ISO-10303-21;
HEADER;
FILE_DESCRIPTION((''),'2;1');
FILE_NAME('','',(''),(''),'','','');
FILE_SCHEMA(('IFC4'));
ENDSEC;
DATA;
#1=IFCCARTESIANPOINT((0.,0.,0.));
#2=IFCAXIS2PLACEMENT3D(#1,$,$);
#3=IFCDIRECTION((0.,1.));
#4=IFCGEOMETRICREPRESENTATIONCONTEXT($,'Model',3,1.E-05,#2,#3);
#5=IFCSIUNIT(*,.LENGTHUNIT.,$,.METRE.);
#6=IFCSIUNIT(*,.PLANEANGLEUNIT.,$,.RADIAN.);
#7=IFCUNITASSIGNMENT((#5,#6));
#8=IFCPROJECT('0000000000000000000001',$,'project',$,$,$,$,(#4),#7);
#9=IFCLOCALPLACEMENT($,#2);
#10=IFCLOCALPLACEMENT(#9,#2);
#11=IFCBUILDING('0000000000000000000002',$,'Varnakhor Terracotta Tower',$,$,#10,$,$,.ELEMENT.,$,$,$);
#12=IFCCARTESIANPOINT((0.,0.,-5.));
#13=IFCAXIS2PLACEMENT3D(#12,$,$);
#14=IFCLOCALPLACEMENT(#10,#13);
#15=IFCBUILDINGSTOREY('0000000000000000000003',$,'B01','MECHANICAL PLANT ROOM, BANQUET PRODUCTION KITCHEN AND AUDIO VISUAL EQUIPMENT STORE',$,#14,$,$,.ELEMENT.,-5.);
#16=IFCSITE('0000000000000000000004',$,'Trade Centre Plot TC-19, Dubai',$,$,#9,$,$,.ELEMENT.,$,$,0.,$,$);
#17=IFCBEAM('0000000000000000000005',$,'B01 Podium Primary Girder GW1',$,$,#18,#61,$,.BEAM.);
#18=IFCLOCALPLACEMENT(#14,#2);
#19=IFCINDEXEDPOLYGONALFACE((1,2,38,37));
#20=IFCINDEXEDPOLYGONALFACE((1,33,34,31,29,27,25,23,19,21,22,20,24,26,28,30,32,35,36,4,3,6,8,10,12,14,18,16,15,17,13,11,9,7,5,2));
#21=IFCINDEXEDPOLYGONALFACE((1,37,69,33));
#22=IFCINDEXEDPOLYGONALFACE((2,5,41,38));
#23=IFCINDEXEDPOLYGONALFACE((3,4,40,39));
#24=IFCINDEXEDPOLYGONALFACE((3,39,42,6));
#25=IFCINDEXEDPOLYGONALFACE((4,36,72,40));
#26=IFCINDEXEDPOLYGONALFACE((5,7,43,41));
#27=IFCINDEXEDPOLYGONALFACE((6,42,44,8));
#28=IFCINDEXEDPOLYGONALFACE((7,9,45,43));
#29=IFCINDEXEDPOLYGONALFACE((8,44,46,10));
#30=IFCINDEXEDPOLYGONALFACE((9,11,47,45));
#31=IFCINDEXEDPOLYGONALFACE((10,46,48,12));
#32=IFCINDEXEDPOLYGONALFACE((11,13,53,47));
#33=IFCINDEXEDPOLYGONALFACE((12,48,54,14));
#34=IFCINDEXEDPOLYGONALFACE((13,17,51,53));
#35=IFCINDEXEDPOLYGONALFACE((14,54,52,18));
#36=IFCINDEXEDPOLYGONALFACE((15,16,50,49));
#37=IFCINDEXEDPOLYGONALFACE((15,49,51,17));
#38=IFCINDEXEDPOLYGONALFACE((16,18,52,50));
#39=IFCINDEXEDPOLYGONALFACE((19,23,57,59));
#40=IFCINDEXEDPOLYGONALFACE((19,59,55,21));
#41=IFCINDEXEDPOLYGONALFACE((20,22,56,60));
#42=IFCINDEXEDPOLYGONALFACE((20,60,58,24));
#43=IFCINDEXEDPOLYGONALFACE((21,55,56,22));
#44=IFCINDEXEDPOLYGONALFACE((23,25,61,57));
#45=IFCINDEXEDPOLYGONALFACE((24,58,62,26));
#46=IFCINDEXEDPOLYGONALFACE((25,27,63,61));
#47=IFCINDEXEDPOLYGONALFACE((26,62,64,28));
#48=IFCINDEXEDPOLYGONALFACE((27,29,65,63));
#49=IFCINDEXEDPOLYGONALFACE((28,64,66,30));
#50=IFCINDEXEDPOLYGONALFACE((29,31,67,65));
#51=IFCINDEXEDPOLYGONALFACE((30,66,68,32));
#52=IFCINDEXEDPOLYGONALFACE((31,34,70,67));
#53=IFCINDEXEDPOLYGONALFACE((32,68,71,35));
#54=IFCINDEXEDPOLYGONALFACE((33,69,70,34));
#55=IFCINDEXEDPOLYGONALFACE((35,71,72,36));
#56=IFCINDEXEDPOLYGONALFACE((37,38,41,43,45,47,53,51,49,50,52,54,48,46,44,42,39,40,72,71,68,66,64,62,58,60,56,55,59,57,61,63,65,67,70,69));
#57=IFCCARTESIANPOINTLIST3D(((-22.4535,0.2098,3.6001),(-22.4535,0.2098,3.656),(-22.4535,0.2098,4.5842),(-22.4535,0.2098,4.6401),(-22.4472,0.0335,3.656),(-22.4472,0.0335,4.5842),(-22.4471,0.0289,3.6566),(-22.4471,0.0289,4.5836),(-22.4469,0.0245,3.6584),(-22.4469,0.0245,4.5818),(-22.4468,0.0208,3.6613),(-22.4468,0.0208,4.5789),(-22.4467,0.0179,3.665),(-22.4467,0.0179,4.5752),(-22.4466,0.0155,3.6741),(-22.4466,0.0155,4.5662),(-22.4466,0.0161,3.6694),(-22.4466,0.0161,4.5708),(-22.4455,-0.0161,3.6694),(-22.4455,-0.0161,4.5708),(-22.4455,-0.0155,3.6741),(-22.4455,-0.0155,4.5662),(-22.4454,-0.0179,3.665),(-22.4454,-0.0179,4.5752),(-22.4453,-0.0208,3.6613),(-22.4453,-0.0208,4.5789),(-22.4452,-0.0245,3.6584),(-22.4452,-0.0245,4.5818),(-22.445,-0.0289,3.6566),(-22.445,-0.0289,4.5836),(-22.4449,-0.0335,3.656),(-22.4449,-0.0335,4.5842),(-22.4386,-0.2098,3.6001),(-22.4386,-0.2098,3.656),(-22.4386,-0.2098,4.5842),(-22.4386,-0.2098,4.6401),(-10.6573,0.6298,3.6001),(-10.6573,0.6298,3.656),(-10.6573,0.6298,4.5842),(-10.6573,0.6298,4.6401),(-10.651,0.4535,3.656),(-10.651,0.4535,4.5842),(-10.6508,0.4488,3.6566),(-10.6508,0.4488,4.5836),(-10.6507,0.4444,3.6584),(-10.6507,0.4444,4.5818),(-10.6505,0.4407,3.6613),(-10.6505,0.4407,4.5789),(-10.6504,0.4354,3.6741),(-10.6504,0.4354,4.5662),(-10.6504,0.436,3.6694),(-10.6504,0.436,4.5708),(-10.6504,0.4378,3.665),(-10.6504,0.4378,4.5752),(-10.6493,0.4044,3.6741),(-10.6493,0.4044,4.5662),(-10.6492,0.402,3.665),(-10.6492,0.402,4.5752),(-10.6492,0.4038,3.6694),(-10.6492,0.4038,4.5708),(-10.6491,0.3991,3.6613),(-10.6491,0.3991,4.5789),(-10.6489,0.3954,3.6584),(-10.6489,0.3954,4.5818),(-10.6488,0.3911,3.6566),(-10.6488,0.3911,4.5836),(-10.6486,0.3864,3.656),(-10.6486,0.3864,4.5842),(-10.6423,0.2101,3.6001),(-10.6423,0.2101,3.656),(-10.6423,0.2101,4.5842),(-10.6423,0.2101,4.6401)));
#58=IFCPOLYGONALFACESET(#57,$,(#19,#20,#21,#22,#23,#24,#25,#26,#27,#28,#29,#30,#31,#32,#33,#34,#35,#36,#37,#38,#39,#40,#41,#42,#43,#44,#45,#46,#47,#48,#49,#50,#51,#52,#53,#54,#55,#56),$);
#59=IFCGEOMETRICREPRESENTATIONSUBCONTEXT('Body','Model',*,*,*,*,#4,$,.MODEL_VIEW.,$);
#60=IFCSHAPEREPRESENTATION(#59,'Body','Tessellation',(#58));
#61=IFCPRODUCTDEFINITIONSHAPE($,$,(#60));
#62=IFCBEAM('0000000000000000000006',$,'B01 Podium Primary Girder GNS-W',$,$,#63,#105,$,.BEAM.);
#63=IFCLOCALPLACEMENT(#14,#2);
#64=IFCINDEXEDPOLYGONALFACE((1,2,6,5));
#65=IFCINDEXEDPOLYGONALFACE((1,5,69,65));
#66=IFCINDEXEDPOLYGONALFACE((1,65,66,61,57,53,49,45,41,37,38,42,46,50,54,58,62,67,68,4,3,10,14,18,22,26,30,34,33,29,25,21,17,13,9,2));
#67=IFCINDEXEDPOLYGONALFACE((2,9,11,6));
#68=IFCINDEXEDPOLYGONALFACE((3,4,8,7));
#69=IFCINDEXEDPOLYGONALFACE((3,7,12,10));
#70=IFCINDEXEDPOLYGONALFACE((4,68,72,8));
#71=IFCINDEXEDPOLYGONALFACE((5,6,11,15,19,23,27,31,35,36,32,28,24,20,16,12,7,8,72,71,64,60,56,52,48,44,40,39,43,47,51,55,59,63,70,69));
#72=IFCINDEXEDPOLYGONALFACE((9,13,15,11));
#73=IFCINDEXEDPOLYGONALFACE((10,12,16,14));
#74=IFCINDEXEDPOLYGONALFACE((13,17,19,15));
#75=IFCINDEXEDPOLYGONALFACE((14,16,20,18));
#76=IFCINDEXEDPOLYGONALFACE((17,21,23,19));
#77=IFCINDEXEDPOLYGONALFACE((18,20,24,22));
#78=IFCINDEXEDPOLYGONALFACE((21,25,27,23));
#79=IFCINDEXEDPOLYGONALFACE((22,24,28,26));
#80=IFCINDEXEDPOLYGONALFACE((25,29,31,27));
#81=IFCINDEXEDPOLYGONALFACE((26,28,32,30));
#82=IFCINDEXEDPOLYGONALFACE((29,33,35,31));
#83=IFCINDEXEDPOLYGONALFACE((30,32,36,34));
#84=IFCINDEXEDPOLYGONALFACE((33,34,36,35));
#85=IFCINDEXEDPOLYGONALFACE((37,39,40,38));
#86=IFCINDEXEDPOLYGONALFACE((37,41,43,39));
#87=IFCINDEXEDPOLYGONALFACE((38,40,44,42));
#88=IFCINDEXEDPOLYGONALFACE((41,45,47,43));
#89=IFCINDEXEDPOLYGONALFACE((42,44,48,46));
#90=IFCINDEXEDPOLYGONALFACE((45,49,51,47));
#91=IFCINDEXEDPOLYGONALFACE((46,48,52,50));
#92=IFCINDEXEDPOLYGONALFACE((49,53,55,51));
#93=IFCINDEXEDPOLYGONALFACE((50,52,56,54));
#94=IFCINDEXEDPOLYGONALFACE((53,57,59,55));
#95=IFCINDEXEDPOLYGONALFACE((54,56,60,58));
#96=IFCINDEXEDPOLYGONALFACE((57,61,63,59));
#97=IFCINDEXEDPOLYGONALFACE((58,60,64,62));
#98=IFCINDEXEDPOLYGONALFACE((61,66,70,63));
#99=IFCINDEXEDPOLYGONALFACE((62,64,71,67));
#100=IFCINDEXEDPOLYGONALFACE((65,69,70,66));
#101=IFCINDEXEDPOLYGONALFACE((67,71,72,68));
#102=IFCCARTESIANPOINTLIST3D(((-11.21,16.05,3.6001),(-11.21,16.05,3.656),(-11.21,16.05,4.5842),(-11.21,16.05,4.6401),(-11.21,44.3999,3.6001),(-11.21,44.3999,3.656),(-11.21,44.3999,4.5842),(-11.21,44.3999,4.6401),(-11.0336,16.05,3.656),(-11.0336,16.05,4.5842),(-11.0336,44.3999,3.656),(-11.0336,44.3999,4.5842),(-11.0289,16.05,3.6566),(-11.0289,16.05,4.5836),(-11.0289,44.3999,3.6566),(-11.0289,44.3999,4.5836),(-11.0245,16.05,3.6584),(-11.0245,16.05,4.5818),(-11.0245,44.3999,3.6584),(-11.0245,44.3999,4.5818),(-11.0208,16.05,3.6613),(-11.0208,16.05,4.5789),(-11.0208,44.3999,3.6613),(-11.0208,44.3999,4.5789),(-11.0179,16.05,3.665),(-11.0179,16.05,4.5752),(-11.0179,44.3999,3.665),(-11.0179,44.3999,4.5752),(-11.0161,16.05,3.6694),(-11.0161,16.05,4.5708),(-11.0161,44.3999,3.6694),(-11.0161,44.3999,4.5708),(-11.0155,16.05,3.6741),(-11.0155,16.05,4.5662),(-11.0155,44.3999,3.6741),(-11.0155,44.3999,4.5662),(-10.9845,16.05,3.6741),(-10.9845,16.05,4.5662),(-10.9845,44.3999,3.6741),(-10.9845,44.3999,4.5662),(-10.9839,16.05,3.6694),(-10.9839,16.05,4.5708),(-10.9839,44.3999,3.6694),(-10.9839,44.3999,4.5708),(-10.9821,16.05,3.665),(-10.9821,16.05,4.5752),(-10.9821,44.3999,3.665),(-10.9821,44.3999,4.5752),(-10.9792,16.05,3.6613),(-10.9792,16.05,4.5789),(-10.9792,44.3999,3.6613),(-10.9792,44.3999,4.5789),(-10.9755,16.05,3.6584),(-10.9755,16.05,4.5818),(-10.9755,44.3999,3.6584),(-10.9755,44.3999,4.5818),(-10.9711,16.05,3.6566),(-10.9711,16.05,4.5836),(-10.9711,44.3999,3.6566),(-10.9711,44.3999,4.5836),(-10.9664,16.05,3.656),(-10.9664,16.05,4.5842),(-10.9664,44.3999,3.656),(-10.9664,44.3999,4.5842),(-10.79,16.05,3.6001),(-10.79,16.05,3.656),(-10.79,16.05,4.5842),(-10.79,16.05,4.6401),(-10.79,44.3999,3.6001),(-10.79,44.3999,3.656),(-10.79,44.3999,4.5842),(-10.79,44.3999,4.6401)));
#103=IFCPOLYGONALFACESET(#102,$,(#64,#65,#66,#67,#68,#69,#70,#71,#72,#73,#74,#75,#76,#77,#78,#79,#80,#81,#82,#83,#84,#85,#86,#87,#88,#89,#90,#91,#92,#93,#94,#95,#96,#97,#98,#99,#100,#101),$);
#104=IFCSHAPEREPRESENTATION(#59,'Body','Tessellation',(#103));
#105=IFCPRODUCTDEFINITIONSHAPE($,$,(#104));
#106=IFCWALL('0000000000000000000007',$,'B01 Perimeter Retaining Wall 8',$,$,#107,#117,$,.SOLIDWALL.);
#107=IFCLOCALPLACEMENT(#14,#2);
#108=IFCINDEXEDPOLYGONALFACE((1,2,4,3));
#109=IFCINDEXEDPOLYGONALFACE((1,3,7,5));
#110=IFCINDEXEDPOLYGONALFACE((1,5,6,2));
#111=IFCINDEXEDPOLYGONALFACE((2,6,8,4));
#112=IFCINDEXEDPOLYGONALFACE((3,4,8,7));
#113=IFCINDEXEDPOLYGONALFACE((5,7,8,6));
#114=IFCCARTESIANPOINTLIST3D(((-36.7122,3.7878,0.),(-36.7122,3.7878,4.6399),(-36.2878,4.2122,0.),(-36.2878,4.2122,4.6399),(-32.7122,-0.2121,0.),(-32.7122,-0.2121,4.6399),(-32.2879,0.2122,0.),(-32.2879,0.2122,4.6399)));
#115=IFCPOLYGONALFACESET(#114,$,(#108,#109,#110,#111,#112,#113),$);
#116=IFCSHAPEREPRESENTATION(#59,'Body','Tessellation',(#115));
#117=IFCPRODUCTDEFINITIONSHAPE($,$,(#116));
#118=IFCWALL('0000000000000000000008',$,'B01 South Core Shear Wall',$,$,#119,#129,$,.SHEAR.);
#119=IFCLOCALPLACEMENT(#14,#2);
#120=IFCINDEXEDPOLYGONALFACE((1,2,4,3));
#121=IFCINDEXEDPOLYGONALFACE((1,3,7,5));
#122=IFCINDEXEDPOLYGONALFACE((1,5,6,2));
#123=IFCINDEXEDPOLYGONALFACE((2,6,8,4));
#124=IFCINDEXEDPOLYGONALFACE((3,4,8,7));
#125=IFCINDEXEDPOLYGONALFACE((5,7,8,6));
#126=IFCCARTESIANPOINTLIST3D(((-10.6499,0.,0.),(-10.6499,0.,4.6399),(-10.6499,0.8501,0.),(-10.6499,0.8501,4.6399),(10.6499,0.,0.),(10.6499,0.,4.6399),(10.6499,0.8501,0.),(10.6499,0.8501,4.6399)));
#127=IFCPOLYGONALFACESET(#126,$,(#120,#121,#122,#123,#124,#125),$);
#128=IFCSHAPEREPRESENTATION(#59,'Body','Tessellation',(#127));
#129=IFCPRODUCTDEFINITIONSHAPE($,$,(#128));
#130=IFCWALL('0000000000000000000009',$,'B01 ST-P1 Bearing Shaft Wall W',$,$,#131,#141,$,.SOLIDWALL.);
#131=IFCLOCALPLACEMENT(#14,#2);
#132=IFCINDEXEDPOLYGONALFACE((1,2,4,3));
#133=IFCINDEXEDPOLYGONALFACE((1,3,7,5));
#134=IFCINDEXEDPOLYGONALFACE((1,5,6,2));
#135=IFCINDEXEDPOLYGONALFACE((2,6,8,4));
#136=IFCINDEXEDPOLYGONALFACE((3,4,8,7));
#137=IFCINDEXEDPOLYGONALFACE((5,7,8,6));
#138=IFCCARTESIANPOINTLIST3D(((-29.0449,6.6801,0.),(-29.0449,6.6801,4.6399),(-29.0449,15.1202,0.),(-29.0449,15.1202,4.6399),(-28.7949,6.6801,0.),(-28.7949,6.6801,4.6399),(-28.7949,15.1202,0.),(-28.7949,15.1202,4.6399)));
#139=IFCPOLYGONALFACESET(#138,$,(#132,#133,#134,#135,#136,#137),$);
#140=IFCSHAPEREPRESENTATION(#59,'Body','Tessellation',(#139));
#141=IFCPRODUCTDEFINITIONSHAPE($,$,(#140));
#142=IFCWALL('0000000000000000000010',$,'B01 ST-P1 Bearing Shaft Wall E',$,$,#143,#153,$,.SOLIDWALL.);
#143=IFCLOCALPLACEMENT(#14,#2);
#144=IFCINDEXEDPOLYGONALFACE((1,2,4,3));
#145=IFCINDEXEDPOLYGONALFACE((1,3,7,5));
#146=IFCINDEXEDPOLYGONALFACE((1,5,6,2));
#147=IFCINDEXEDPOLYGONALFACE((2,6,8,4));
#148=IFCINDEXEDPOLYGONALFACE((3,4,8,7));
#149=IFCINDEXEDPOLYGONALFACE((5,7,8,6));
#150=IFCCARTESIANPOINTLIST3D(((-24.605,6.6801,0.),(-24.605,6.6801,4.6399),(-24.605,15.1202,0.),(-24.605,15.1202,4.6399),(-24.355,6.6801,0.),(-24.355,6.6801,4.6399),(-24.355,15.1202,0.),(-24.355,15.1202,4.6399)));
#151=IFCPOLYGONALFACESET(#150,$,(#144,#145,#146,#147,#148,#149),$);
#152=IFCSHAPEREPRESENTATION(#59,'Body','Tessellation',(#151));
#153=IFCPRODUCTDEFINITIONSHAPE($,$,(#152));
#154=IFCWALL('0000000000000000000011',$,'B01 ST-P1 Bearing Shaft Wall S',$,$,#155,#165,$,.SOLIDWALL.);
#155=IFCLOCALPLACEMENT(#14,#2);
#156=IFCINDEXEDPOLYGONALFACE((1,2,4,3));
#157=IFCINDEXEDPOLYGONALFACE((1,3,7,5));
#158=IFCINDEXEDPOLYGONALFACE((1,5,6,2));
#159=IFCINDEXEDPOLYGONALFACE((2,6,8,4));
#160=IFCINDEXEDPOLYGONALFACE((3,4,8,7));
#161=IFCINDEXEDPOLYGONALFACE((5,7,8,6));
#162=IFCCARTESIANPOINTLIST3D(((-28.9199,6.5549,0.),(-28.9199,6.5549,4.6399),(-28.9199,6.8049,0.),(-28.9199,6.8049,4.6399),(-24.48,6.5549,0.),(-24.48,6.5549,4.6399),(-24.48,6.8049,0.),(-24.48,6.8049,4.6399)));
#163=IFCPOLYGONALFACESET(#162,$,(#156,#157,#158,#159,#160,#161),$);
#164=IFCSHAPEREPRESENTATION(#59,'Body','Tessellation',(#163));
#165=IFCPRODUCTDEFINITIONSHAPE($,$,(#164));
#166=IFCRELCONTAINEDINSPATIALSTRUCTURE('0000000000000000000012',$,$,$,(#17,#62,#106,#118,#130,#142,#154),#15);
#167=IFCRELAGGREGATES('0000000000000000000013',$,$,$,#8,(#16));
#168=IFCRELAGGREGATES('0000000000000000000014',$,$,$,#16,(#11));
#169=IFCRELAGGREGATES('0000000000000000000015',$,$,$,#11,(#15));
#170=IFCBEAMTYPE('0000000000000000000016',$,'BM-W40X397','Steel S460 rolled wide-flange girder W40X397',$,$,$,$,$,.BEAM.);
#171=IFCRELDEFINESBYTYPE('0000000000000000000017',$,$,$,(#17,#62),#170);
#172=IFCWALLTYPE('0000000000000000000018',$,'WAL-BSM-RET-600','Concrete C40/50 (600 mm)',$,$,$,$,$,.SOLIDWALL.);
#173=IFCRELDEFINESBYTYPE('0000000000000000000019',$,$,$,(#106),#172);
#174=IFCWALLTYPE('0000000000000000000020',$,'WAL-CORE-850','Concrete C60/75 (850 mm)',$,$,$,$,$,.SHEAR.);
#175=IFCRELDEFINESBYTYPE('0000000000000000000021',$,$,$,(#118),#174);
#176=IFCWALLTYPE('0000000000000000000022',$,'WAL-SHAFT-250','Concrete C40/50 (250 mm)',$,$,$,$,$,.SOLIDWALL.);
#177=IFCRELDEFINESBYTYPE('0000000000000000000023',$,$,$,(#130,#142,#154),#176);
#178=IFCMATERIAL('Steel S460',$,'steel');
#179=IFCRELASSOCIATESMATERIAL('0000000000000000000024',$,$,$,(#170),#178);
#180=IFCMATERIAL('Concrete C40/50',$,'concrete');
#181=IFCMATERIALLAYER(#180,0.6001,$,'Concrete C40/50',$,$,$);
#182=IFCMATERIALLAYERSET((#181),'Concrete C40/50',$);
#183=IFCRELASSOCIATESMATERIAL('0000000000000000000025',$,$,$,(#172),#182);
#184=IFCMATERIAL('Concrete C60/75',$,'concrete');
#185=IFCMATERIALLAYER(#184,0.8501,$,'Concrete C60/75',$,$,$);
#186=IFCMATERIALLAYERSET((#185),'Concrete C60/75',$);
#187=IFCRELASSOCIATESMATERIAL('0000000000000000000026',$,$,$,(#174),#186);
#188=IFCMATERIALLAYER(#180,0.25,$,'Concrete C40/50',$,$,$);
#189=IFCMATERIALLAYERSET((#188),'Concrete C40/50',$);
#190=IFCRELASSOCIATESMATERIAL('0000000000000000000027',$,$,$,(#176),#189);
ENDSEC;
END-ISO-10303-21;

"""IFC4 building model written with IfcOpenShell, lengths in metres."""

from ifc_helpers import new_model, si_unit, direction, frame, frame_2d, origin, origin_2d, place, context, subcontext, project, spatial, rectangle, i_section, extrude, source, transform, mapped, material, layer, layer_set, material_profile, profile_set, type_object, type_shapes, element, save


model = new_model("IFC4")

# Units and contexts
model_context = context("Model", 3, precision=1e-05, world=origin(), true_north=direction((0.0, 1.0)))
body_context = subcontext(model_context, "Body", "Model", "MODEL_VIEW")
ifc_project = project(units=[si_unit("LENGTHUNIT", "METRE"), si_unit("PLANEANGLEUNIT", "RADIAN")], contexts=[model_context])

# Site, building, storey
site_placement = place(None, origin())
site = spatial("IfcSite", under=ifc_project, at=site_placement, Name="Trade Centre Plot TC-19, Dubai", CompositionType="ELEMENT", RefElevation=0.0)
building_placement = place(site_placement, origin())
building = spatial("IfcBuilding", under=site, at=building_placement, Name="Varnakhor Terracotta Tower", CompositionType="ELEMENT")
storey_placement = place(building_placement, frame((0.0, 0.0, -5.0)))
storey = spatial("IfcBuildingStorey", under=building, at=storey_placement, Name="B01", Description="MECHANICAL PLANT ROOM, BANQUET PRODUCTION KITCHEN AND AUDIO VISUAL EQUIPMENT STORE", CompositionType="ELEMENT", Elevation=-5.0)

# Shared definitions
ifc_material_1 = material(Name="Concrete C60/75", Category="concrete")
ifc_material_2 = material(Name="Steel S460", Category="steel")

# Beams
ifc_material_profile_1 = material_profile(ifc_material_2, i_section(OverallWidth=0.4199, OverallDepth=1.04, WebThickness=0.031, FlangeThickness=0.0559, FilletRadius=0.0181, at=origin_2d()), Name="W40X397")
ifc_profile_set_1 = profile_set([ifc_material_profile_1], Name="Steel S460")
beam_type_1 = type_object("IfcBeamType", Name="BM-W40X397", Description="Steel S460 rolled wide-flange girder W40X397", PredefinedType="BEAM", material=ifc_profile_set_1)
shared_shape_1 = source(origin(), body_context, "Body", "SweptSolid", [
    extrude(i_section(OverallWidth=0.4199, OverallDepth=1.04, WebThickness=0.031, FlangeThickness=0.0559, FilletRadius=0.0181, at=origin_2d()), origin(), (0.0, 0.0, 1.0), 11.8037),
])
type_shapes(beam_type_1, [shared_shape_1])
beam_1_placement = place(storey_placement, frame((-22.446, 0.0, 4.1201), z_axis=(0.999367, 0.035576, 0.0), x_axis=(-0.035576, 0.999367, 0.0)))
element("IfcBeam", 1, at=beam_1_placement, inside=storey, type_object=beam_type_1, Name="B01 Podium Primary Girder GW1", PredefinedType="BEAM", context=body_context, shape_type="MappedRepresentation", body=[
    mapped(shared_shape_1, transform((0.0, 0.0, 0.0), scale=1.0)),
])
shared_shape_2 = source(origin(), body_context, "Body", "SweptSolid", [
    extrude(i_section(OverallWidth=0.4199, OverallDepth=1.04, WebThickness=0.031, FlangeThickness=0.0559, FilletRadius=0.0181, at=origin_2d()), origin(), (0.0, 0.0, 1.0), 28.3499),
])
beam_2_placement = place(storey_placement, frame((-11.0, 16.05, 4.1201), z_axis=(0.0, 1.0, 0.0), x_axis=(-1.0, 0.0, 0.0)))
element("IfcBeam", 2, at=beam_2_placement, inside=storey, type_object=beam_type_1, Name="B01 Podium Primary Girder GNS-W", PredefinedType="BEAM", context=body_context, shape_type="MappedRepresentation", body=[
    mapped(shared_shape_2, transform((0.0, 0.0, 0.0), scale=1.0)),
])

# Walls
ifc_material_3 = material(Name="Concrete C40/50", Category="concrete")
ifc_layer_1 = layer(ifc_material_3, 0.6001, Name="Concrete C40/50")
ifc_layer_set_1 = layer_set([ifc_layer_1], Name="Concrete C40/50")
wall_type_1 = type_object("IfcWallType", Name="WAL-BSM-RET-600", Description="Concrete C40/50 (600 mm)", PredefinedType="SOLIDWALL", material=ifc_layer_set_1)
wall_1_placement = place(storey_placement, frame((-36.5, 4.0, 0.0), z_axis=(0.0, 0.0, 1.0), x_axis=(0.707107, -0.707107, 0.0)))
element("IfcWall", 3, at=wall_1_placement, inside=storey, type_object=wall_type_1, Name="B01 Perimeter Retaining Wall 8", PredefinedType="SOLIDWALL", context=body_context, shape_type="SweptSolid", body=[
    extrude(rectangle(XDim=5.6567, YDim=0.6001, at=frame_2d((2.8284, 0.0))), origin(), (0.0, 0.0, 1.0), 4.6399),
])
ifc_layer_2 = layer(ifc_material_1, 0.8501, Name="Concrete C60/75")
ifc_layer_set_2 = layer_set([ifc_layer_2], Name="Concrete C60/75")
wall_type_2 = type_object("IfcWallType", Name="WAL-CORE-850", Description="Concrete C60/75 (850 mm)", PredefinedType="SHEAR", material=ifc_layer_set_2)
wall_2_placement = place(storey_placement, frame((-10.6499, 0.425, 0.0), z_axis=(0.0, 0.0, 1.0), x_axis=(1.0, 0.0, 0.0)))
element("IfcWall", 4, at=wall_2_placement, inside=storey, type_object=wall_type_2, Name="B01 South Core Shear Wall", PredefinedType="SHEAR", context=body_context, shape_type="SweptSolid", body=[
    extrude(rectangle(XDim=21.2998, YDim=0.8501, at=frame_2d((10.6499, 0.0))), origin(), (0.0, 0.0, 1.0), 4.6399),
])

# Walls
ifc_layer_3 = layer(ifc_material_3, 0.25, Name="Concrete C40/50")
ifc_layer_set_3 = layer_set([ifc_layer_3], Name="Concrete C40/50")
wall_type_3 = type_object("IfcWallType", Name="WAL-SHAFT-250", Description="Concrete C40/50 (250 mm)", PredefinedType="SOLIDWALL", material=ifc_layer_set_3)
for number, where, z_axis, x_axis, name in (
    (5, (-28.9199, 6.6799, 0.0), (0.0, 0.0, 1.0), (0.0, 1.0, 0.0), "B01 ST-P1 Bearing Shaft Wall W"),
    (6, (-24.48, 6.6799, 0.0), (0.0, 0.0, 1.0), (0.0, 1.0, 0.0), "B01 ST-P1 Bearing Shaft Wall E"),
):
    element("IfcWall", number, at=place(storey_placement, frame(where, z_axis=z_axis, x_axis=x_axis)), inside=storey, type_object=wall_type_3, Name=name, PredefinedType="SOLIDWALL", context=body_context, shape_type="SweptSolid", body=[
        extrude(rectangle(XDim=8.4402, YDim=0.25, at=frame_2d((4.2202, 0.0))), origin(), (0.0, 0.0, 1.0), 4.6399),
    ])
wall_3_placement = place(storey_placement, frame((-28.9199, 6.6799, 0.0), z_axis=(0.0, 0.0, 1.0), x_axis=(1.0, 0.0, 0.0)))
element("IfcWall", 7, at=wall_3_placement, inside=storey, type_object=wall_type_3, Name="B01 ST-P1 Bearing Shaft Wall S", PredefinedType="SOLIDWALL", context=body_context, shape_type="SweptSolid", body=[
    extrude(rectangle(XDim=4.4399, YDim=0.25, at=frame_2d((2.22, 0.0))), origin(), (0.0, 0.0, 1.0), 4.6399),
])

save(model, "model.ifc")
